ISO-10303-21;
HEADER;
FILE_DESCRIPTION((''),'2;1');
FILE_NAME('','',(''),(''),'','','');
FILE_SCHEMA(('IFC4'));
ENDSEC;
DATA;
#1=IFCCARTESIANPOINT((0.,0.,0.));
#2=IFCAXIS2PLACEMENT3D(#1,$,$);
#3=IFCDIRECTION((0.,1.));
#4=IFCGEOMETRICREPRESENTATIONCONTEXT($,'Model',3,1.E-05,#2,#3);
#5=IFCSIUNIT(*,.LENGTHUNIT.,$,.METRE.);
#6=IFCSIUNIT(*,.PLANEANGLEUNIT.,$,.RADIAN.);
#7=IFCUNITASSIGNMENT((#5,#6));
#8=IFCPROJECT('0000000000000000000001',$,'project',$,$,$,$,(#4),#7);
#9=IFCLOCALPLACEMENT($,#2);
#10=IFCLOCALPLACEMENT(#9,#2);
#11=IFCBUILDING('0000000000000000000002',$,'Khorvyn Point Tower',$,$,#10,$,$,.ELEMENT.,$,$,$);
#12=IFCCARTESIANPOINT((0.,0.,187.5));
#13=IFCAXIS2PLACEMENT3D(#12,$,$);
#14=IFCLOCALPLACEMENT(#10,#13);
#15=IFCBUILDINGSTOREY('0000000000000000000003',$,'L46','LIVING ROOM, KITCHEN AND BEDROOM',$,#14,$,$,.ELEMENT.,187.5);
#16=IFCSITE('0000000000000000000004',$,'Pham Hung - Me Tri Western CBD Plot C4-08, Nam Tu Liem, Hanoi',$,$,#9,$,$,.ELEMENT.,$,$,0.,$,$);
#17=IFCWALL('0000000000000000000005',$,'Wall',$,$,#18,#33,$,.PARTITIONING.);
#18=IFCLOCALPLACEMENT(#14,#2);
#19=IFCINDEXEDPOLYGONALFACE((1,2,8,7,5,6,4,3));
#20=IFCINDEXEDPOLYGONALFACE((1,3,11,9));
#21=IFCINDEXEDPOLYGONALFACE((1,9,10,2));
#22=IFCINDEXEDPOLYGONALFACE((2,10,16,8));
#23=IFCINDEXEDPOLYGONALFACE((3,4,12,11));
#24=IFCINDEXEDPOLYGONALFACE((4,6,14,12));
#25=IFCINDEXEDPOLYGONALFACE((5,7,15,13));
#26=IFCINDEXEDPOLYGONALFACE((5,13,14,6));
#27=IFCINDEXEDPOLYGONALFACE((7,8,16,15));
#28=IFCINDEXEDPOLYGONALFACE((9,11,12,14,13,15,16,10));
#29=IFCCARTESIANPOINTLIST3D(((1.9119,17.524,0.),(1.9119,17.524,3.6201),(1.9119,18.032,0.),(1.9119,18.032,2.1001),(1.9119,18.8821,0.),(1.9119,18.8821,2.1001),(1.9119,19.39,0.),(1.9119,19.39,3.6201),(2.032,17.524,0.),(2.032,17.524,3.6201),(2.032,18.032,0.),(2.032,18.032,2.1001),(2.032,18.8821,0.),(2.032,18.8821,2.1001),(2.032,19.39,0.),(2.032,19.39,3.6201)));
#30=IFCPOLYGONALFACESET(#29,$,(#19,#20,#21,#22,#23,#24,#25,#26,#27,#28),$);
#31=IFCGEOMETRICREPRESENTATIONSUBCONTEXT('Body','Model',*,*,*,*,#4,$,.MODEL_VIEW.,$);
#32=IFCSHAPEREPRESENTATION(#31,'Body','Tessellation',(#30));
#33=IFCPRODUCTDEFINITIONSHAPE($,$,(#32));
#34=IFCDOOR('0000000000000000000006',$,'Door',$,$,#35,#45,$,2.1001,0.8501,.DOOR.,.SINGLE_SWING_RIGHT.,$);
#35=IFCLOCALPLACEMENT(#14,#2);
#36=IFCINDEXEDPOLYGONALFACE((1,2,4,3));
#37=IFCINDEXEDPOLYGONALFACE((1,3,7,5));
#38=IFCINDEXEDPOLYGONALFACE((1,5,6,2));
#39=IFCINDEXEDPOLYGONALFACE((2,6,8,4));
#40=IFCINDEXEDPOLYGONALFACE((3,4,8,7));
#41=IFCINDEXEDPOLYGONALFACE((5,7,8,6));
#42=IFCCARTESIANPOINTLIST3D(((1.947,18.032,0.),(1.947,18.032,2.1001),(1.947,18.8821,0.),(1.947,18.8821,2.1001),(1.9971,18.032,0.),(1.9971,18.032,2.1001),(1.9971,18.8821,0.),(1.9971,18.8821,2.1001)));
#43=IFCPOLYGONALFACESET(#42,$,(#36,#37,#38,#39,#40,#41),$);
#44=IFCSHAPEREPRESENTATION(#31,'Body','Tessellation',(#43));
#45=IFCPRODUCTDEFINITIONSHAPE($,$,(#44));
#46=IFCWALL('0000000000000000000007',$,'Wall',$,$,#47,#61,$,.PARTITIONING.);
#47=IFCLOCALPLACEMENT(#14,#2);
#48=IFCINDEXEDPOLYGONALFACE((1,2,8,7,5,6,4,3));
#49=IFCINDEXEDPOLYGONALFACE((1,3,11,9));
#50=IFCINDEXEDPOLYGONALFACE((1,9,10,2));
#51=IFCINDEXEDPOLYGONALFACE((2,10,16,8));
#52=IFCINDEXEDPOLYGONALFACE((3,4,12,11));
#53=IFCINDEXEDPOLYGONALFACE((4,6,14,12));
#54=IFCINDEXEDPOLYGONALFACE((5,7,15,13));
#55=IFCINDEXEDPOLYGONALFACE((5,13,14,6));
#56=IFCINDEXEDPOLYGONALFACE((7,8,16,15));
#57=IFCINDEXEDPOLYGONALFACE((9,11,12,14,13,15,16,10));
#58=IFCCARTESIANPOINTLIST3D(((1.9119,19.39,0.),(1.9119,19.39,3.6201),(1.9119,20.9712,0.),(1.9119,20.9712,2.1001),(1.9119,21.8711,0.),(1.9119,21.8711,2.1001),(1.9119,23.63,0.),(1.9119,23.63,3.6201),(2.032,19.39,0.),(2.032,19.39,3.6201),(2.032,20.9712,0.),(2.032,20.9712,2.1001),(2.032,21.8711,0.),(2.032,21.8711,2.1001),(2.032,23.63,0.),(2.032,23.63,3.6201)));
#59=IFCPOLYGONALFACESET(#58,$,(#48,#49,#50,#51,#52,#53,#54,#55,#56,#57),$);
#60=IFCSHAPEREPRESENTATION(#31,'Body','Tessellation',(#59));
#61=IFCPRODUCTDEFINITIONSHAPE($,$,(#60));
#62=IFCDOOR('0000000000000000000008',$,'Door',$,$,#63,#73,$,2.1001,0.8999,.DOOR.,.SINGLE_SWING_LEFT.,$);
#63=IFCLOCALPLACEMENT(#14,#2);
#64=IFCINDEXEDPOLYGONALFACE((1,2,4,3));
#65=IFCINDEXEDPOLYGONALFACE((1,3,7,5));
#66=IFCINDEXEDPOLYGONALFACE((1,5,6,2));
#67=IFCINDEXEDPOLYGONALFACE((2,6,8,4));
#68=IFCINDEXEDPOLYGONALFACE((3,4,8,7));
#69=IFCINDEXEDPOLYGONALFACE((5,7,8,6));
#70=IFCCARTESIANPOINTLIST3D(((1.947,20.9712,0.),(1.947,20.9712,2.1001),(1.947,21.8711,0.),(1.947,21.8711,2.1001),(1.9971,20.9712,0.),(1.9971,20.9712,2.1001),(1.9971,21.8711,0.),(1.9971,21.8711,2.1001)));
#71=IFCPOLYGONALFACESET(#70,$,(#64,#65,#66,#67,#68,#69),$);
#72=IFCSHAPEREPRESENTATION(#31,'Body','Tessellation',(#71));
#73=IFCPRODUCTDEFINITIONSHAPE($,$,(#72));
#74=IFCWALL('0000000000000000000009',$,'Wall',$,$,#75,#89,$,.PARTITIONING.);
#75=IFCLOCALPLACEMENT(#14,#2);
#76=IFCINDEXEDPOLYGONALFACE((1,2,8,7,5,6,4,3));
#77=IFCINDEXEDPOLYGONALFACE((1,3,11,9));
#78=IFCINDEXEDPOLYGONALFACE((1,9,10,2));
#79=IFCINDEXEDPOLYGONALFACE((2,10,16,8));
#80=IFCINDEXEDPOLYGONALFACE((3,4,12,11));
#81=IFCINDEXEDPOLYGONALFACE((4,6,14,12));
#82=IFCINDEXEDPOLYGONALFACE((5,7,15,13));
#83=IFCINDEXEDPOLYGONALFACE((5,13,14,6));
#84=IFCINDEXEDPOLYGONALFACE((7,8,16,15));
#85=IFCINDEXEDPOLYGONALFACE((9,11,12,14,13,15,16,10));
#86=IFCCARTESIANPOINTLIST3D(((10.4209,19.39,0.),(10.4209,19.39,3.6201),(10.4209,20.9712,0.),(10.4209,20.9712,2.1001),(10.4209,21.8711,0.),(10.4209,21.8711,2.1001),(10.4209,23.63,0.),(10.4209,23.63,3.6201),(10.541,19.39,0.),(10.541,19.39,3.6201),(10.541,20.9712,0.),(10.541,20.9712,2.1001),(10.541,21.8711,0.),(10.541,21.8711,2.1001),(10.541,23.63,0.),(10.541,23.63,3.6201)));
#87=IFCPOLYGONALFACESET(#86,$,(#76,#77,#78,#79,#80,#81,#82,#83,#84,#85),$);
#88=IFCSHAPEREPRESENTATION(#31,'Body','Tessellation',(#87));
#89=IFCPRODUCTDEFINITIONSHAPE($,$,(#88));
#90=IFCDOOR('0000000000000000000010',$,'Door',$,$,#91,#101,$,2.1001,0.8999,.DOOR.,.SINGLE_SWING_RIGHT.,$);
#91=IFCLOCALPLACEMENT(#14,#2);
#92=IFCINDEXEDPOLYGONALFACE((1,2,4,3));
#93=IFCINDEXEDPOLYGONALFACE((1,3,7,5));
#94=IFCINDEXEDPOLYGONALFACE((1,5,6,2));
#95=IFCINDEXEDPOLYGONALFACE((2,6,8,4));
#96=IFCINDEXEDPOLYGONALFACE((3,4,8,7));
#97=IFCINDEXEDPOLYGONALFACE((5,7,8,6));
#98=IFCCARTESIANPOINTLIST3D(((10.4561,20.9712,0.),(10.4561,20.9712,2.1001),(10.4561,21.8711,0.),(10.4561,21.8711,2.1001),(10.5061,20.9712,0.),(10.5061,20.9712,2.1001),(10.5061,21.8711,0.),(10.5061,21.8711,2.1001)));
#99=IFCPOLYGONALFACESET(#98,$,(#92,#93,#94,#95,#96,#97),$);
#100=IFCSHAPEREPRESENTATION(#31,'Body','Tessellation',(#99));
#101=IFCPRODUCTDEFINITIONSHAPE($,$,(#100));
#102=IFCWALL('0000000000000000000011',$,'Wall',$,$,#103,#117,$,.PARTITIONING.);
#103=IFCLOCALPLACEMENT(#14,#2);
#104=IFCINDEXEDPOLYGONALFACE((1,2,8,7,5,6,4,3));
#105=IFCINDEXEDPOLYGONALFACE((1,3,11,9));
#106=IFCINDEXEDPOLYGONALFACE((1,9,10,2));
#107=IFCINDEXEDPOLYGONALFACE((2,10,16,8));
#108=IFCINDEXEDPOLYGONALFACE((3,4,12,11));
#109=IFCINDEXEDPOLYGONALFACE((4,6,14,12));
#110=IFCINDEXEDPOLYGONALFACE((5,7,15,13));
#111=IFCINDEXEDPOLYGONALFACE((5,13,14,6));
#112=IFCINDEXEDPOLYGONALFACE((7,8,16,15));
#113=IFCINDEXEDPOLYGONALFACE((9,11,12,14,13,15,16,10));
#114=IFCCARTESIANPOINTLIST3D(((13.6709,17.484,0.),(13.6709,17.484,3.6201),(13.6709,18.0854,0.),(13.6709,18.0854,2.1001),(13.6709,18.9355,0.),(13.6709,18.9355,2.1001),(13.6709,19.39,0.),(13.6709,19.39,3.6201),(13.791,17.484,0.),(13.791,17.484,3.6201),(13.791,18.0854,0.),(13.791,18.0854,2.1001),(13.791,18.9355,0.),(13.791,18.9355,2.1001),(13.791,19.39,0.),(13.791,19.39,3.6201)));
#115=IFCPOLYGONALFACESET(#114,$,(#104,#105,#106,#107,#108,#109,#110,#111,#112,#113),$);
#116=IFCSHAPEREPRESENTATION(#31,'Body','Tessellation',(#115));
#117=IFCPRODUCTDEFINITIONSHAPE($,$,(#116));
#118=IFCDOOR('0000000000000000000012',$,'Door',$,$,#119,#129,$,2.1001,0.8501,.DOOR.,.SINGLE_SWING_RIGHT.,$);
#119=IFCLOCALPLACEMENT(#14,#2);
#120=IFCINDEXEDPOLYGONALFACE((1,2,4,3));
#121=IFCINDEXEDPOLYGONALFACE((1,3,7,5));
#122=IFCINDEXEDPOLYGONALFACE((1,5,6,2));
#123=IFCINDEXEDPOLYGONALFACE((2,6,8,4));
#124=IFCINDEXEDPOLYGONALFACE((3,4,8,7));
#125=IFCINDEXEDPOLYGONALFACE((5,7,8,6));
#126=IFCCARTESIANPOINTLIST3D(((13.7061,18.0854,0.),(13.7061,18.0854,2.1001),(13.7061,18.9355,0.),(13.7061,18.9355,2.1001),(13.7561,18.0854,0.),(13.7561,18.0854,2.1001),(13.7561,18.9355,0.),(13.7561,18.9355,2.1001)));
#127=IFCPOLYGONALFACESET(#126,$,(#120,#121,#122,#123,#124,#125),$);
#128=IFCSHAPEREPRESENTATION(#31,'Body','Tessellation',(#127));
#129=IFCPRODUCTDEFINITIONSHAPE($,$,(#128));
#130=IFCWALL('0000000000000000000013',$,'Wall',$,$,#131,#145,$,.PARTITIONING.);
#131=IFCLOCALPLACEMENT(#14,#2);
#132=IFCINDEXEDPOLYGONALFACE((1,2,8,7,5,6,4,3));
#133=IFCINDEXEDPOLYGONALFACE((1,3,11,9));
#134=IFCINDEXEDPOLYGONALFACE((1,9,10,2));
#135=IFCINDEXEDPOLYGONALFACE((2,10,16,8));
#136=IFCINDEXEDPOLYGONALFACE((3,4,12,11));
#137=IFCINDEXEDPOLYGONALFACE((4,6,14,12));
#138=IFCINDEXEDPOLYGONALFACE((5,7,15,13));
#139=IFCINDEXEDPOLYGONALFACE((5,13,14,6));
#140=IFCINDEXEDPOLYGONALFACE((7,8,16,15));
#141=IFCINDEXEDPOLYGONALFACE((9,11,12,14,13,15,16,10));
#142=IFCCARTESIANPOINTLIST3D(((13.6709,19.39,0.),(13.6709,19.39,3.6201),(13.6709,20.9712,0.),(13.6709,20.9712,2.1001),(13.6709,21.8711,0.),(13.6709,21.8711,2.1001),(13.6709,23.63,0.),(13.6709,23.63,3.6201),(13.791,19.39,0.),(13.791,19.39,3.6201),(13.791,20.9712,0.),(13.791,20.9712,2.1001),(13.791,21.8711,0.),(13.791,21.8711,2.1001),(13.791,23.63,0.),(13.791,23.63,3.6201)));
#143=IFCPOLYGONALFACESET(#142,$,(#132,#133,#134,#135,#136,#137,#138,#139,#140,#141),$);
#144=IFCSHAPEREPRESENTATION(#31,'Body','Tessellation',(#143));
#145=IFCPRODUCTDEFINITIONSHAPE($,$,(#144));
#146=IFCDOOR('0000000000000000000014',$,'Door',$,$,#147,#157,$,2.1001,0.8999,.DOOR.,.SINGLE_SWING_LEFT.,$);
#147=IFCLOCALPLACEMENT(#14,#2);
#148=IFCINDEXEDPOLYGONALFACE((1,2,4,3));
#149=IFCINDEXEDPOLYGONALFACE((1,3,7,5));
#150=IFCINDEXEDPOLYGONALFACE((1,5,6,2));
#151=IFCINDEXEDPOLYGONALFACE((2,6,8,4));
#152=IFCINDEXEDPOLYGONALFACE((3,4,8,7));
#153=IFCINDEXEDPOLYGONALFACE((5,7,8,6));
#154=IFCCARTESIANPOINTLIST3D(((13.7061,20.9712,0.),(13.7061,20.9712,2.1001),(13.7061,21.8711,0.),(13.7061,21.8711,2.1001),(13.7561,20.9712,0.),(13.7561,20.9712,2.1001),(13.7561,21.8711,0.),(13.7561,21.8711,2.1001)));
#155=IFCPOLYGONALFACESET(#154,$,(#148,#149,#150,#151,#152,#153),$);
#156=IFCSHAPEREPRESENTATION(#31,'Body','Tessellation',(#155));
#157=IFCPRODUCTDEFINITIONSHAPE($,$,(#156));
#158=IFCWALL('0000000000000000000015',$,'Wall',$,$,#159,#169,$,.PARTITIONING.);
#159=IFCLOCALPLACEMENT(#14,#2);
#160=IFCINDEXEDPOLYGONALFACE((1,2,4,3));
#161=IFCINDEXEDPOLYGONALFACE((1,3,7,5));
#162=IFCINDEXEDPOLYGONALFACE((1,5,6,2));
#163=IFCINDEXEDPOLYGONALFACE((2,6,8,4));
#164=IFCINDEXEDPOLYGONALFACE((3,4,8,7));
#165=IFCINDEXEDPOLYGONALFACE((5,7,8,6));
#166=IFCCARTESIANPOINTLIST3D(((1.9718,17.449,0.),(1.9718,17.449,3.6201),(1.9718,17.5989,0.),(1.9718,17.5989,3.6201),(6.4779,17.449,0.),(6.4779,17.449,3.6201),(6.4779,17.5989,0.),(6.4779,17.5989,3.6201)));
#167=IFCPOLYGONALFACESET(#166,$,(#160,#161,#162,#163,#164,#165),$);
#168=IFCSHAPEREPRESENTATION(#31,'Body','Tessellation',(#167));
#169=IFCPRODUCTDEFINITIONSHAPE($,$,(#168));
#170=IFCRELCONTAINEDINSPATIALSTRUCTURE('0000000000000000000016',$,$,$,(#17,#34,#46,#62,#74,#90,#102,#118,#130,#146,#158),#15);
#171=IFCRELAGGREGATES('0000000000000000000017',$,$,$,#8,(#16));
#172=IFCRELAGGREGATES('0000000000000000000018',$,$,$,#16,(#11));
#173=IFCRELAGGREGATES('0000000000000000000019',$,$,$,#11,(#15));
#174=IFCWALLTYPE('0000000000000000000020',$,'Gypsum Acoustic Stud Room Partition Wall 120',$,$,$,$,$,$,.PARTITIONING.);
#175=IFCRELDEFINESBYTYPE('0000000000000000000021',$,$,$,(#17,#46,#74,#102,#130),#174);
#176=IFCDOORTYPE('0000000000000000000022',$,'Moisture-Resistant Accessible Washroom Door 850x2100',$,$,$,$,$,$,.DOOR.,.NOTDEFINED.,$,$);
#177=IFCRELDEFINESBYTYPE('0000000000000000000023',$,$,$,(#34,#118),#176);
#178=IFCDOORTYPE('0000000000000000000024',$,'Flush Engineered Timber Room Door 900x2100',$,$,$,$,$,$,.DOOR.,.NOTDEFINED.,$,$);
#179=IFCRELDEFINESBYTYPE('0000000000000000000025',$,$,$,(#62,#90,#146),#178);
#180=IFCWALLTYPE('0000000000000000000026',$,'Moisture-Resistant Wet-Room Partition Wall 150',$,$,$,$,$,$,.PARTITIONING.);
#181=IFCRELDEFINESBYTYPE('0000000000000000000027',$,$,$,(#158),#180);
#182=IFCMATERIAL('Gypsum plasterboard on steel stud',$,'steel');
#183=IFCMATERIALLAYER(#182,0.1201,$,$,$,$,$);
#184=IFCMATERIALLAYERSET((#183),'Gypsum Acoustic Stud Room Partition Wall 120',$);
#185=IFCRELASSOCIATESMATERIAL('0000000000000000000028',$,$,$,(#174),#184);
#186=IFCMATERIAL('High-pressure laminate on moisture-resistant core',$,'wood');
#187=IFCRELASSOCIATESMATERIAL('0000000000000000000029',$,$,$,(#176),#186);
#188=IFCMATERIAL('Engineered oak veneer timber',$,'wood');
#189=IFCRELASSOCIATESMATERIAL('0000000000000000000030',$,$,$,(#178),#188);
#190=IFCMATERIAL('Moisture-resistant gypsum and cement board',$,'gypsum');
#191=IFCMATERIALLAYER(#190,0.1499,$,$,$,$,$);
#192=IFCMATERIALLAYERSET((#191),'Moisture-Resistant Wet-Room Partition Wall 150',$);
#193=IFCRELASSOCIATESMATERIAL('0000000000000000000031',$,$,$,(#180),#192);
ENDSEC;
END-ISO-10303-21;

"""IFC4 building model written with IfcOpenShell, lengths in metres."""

from ifc_helpers import new_model, si_unit, direction, frame, frame_2d, origin, place, context, subcontext, project, spatial, rectangle, extrude, material, layer, layer_set, type_object, element, fill, save


model = new_model("IFC4")

# Units and contexts
model_context = context("Model", 3, precision=1e-05, world=origin(), true_north=direction((0.0, 1.0)))
body_context = subcontext(model_context, "Body", "Model", "MODEL_VIEW")
ifc_project = project(units=[si_unit("LENGTHUNIT", "METRE"), si_unit("PLANEANGLEUNIT", "RADIAN")], contexts=[model_context])

# Site, building, storey
site_placement = place(None, origin())
site = spatial("IfcSite", under=ifc_project, at=site_placement, Name="Pham Hung - Me Tri Western CBD Plot C4-08, Nam Tu Liem, Hanoi", CompositionType="ELEMENT", RefElevation=0.0)
building_placement = place(site_placement, origin())
building = spatial("IfcBuilding", under=site, at=building_placement, Name="Khorvyn Point Tower", CompositionType="ELEMENT")
storey_placement = place(building_placement, frame((0.0, 0.0, 187.5)))
storey = spatial("IfcBuildingStorey", under=building, at=storey_placement, Name="L46", Description="LIVING ROOM, KITCHEN AND BEDROOM", CompositionType="ELEMENT", Elevation=187.5)

# Walls, openings, doors
ifc_material_1 = material(Name="Gypsum plasterboard on steel stud", Category="steel")
ifc_layer_1 = layer(ifc_material_1, 0.1201)
ifc_layer_set_1 = layer_set([ifc_layer_1], Name="Gypsum Acoustic Stud Room Partition Wall 120")
wall_type_1 = type_object("IfcWallType", Name="Gypsum Acoustic Stud Room Partition Wall 120", PredefinedType="PARTITIONING", material=ifc_layer_set_1)
wall_1_placement = place(storey_placement, frame((1.9719, 17.5239, 0.0), z_axis=(0.0, 0.0, 1.0), x_axis=(0.0, 1.0, 0.0)))
wall_1 = element("IfcWall", 1, at=wall_1_placement, inside=storey, type_object=wall_type_1, Name="Wall", PredefinedType="PARTITIONING", context=body_context, shape_type="SweptSolid", body=[
    extrude(rectangle(XDim=1.866, YDim=0.1201, at=frame_2d((0.9331, 0.0))), origin(), (0.0, 0.0, 1.0), 3.6201),
])
opening_1_placement = place(wall_1_placement, frame((0.5081, 0.0, 0.0)))
opening_1 = element("IfcOpeningElement", 2, at=opening_1_placement, cuts=wall_1, PredefinedType="OPENING", context=body_context, shape_type="SweptSolid", body=[
    extrude(rectangle(XDim=0.8501, YDim=2.1001, at=frame_2d((0.425, 1.05))), frame((0.0, 0.0701, 0.0), z_axis=(0.0, -1.0, 0.0), x_axis=(1.0, 0.0, 0.0)), (0.0, 0.0, 1.0), 0.1401),
])
ifc_material_2 = material(Name="High-pressure laminate on moisture-resistant core", Category="wood")
door_type_1 = type_object("IfcDoorType", Name="Moisture-Resistant Accessible Washroom Door 850x2100", OperationType="NOTDEFINED", PredefinedType="DOOR", material=ifc_material_2)
door_1_placement = place(opening_1_placement, origin())
door_1 = element("IfcDoor", 3, at=door_1_placement, inside=storey, type_object=door_type_1, Name="Door", OperationType="SINGLE_SWING_RIGHT", OverallHeight=2.1001, OverallWidth=0.8501, PredefinedType="DOOR", context=body_context, shape_type="SweptSolid", body=[
    extrude(rectangle(XDim=0.8501, YDim=2.1001, at=frame_2d((0.425, 1.05))), frame((0.0, 0.0249, 0.0), z_axis=(0.0, -1.0, 0.0), x_axis=(1.0, 0.0, 0.0)), (0.0, 0.0, 1.0), 0.05),
])
fill(opening_1, door_1)
wall_2_placement = place(storey_placement, frame((1.9719, 19.3899, 0.0), z_axis=(0.0, 0.0, 1.0), x_axis=(0.0, 1.0, 0.0)))
wall_2 = element("IfcWall", 4, at=wall_2_placement, inside=storey, type_object=wall_type_1, Name="Wall", PredefinedType="PARTITIONING", context=body_context, shape_type="SweptSolid", body=[
    extrude(rectangle(XDim=4.24, YDim=0.1201, at=frame_2d((2.1201, 0.0))), origin(), (0.0, 0.0, 1.0), 3.6201),
])
opening_2_placement = place(wall_2_placement, frame((1.5813, 0.0, 0.0)))
opening_2 = element("IfcOpeningElement", 5, at=opening_2_placement, cuts=wall_2, PredefinedType="OPENING", context=body_context, shape_type="SweptSolid", body=[
    extrude(rectangle(XDim=0.8999, YDim=2.1001, at=frame_2d((0.45, 1.05))), frame((0.0, 0.0701, 0.0), z_axis=(0.0, -1.0, 0.0), x_axis=(1.0, 0.0, 0.0)), (0.0, 0.0, 1.0), 0.1401),
])
ifc_material_3 = material(Name="Engineered oak veneer timber", Category="wood")
door_type_2 = type_object("IfcDoorType", Name="Flush Engineered Timber Room Door 900x2100", OperationType="NOTDEFINED", PredefinedType="DOOR", material=ifc_material_3)
door_2_placement = place(opening_2_placement, origin())
door_2 = element("IfcDoor", 6, at=door_2_placement, inside=storey, type_object=door_type_2, Name="Door", OperationType="SINGLE_SWING_LEFT", OverallHeight=2.1001, OverallWidth=0.8999, PredefinedType="DOOR", context=body_context, shape_type="SweptSolid", body=[
    extrude(rectangle(XDim=0.8999, YDim=2.1001, at=frame_2d((0.45, 1.05))), frame((0.0, 0.0249, 0.0), z_axis=(0.0, -1.0, 0.0), x_axis=(1.0, 0.0, 0.0)), (0.0, 0.0, 1.0), 0.05),
])
fill(opening_2, door_2)
wall_3_placement = place(storey_placement, frame((10.481, 19.3899, 0.0), z_axis=(0.0, 0.0, 1.0), x_axis=(0.0, 1.0, 0.0)))
wall_3 = element("IfcWall", 7, at=wall_3_placement, inside=storey, type_object=wall_type_1, Name="Wall", PredefinedType="PARTITIONING", context=body_context, shape_type="SweptSolid", body=[
    extrude(rectangle(XDim=4.24, YDim=0.1201, at=frame_2d((2.1201, 0.0))), origin(), (0.0, 0.0, 1.0), 3.6201),
])
opening_3_placement = place(wall_3_placement, frame((1.5813, 0.0, 0.0)))
opening_3 = element("IfcOpeningElement", 8, at=opening_3_placement, cuts=wall_3, PredefinedType="OPENING", context=body_context, shape_type="SweptSolid", body=[
    extrude(rectangle(XDim=0.8999, YDim=2.1001, at=frame_2d((0.45, 1.05))), frame((0.0, 0.0701, 0.0), z_axis=(0.0, -1.0, 0.0), x_axis=(1.0, 0.0, 0.0)), (0.0, 0.0, 1.0), 0.1401),
])
door_3_placement = place(opening_3_placement, origin())
door_3 = element("IfcDoor", 9, at=door_3_placement, inside=storey, type_object=door_type_2, Name="Door", OperationType="SINGLE_SWING_RIGHT", OverallHeight=2.1001, OverallWidth=0.8999, PredefinedType="DOOR", context=body_context, shape_type="SweptSolid", body=[
    extrude(rectangle(XDim=0.8999, YDim=2.1001, at=frame_2d((0.45, 1.05))), frame((0.0, 0.0249, 0.0), z_axis=(0.0, -1.0, 0.0), x_axis=(1.0, 0.0, 0.0)), (0.0, 0.0, 1.0), 0.05),
])
fill(opening_3, door_3)
wall_4_placement = place(storey_placement, frame((13.731, 17.4839, 0.0), z_axis=(0.0, 0.0, 1.0), x_axis=(0.0, 1.0, 0.0)))
wall_4 = element("IfcWall", 10, at=wall_4_placement, inside=storey, type_object=wall_type_1, Name="Wall", PredefinedType="PARTITIONING", context=body_context, shape_type="SweptSolid", body=[
    extrude(rectangle(XDim=1.906, YDim=0.1201, at=frame_2d((0.9531, 0.0))), origin(), (0.0, 0.0, 1.0), 3.6201),
])
opening_4_placement = place(wall_4_placement, frame((0.6016, 0.0, 0.0)))
opening_4 = element("IfcOpeningElement", 11, at=opening_4_placement, cuts=wall_4, PredefinedType="OPENING", context=body_context, shape_type="SweptSolid", body=[
    extrude(rectangle(XDim=0.8501, YDim=2.1001, at=frame_2d((0.425, 1.05))), frame((0.0, 0.0701, 0.0), z_axis=(0.0, -1.0, 0.0), x_axis=(1.0, 0.0, 0.0)), (0.0, 0.0, 1.0), 0.1401),
])
door_4_placement = place(opening_4_placement, origin())
door_4 = element("IfcDoor", 12, at=door_4_placement, inside=storey, type_object=door_type_1, Name="Door", OperationType="SINGLE_SWING_RIGHT", OverallHeight=2.1001, OverallWidth=0.8501, PredefinedType="DOOR", context=body_context, shape_type="SweptSolid", body=[
    extrude(rectangle(XDim=0.8501, YDim=2.1001, at=frame_2d((0.425, 1.05))), frame((0.0, 0.0249, 0.0), z_axis=(0.0, -1.0, 0.0), x_axis=(1.0, 0.0, 0.0)), (0.0, 0.0, 1.0), 0.05),
])
fill(opening_4, door_4)
wall_5_placement = place(storey_placement, frame((13.731, 19.3899, 0.0), z_axis=(0.0, 0.0, 1.0), x_axis=(0.0, 1.0, 0.0)))
wall_5 = element("IfcWall", 13, at=wall_5_placement, inside=storey, type_object=wall_type_1, Name="Wall", PredefinedType="PARTITIONING", context=body_context, shape_type="SweptSolid", body=[
    extrude(rectangle(XDim=4.24, YDim=0.1201, at=frame_2d((2.1201, 0.0))), origin(), (0.0, 0.0, 1.0), 3.6201),
])
opening_5_placement = place(wall_5_placement, frame((1.5813, 0.0, 0.0)))
opening_5 = element("IfcOpeningElement", 14, at=opening_5_placement, cuts=wall_5, PredefinedType="OPENING", context=body_context, shape_type="SweptSolid", body=[
    extrude(rectangle(XDim=0.8999, YDim=2.1001, at=frame_2d((0.45, 1.05))), frame((0.0, 0.0701, 0.0), z_axis=(0.0, -1.0, 0.0), x_axis=(1.0, 0.0, 0.0)), (0.0, 0.0, 1.0), 0.1401),
])
door_5_placement = place(opening_5_placement, origin())
door_5 = element("IfcDoor", 15, at=door_5_placement, inside=storey, type_object=door_type_2, Name="Door", OperationType="SINGLE_SWING_LEFT", OverallHeight=2.1001, OverallWidth=0.8999, PredefinedType="DOOR", context=body_context, shape_type="SweptSolid", body=[
    extrude(rectangle(XDim=0.8999, YDim=2.1001, at=frame_2d((0.45, 1.05))), frame((0.0, 0.0249, 0.0), z_axis=(0.0, -1.0, 0.0), x_axis=(1.0, 0.0, 0.0)), (0.0, 0.0, 1.0), 0.05),
])
fill(opening_5, door_5)

# Wall
ifc_material_4 = material(Name="Moisture-resistant gypsum and cement board", Category="gypsum")
ifc_layer_2 = layer(ifc_material_4, 0.1499)
ifc_layer_set_2 = layer_set([ifc_layer_2], Name="Moisture-Resistant Wet-Room Partition Wall 150")
wall_type_2 = type_object("IfcWallType", Name="Moisture-Resistant Wet-Room Partition Wall 150", PredefinedType="PARTITIONING", material=ifc_layer_set_2)
for number, where, z_axis, x_axis, name in (
    (16, (1.9719, 17.5239, 0.0), (0.0, 0.0, 1.0), (1.0, 0.0, 0.0), "Wall"),
):
    element("IfcWall", number, at=place(storey_placement, frame(where, z_axis=z_axis, x_axis=x_axis)), inside=storey, type_object=wall_type_2, Name=name, PredefinedType="PARTITIONING", context=body_context, shape_type="SweptSolid", body=[
        extrude(rectangle(XDim=4.5061, YDim=0.1499, at=frame_2d((2.2529, 0.0))), origin(), (0.0, 0.0, 1.0), 3.6201),
    ])

save(model, "model.ifc")
